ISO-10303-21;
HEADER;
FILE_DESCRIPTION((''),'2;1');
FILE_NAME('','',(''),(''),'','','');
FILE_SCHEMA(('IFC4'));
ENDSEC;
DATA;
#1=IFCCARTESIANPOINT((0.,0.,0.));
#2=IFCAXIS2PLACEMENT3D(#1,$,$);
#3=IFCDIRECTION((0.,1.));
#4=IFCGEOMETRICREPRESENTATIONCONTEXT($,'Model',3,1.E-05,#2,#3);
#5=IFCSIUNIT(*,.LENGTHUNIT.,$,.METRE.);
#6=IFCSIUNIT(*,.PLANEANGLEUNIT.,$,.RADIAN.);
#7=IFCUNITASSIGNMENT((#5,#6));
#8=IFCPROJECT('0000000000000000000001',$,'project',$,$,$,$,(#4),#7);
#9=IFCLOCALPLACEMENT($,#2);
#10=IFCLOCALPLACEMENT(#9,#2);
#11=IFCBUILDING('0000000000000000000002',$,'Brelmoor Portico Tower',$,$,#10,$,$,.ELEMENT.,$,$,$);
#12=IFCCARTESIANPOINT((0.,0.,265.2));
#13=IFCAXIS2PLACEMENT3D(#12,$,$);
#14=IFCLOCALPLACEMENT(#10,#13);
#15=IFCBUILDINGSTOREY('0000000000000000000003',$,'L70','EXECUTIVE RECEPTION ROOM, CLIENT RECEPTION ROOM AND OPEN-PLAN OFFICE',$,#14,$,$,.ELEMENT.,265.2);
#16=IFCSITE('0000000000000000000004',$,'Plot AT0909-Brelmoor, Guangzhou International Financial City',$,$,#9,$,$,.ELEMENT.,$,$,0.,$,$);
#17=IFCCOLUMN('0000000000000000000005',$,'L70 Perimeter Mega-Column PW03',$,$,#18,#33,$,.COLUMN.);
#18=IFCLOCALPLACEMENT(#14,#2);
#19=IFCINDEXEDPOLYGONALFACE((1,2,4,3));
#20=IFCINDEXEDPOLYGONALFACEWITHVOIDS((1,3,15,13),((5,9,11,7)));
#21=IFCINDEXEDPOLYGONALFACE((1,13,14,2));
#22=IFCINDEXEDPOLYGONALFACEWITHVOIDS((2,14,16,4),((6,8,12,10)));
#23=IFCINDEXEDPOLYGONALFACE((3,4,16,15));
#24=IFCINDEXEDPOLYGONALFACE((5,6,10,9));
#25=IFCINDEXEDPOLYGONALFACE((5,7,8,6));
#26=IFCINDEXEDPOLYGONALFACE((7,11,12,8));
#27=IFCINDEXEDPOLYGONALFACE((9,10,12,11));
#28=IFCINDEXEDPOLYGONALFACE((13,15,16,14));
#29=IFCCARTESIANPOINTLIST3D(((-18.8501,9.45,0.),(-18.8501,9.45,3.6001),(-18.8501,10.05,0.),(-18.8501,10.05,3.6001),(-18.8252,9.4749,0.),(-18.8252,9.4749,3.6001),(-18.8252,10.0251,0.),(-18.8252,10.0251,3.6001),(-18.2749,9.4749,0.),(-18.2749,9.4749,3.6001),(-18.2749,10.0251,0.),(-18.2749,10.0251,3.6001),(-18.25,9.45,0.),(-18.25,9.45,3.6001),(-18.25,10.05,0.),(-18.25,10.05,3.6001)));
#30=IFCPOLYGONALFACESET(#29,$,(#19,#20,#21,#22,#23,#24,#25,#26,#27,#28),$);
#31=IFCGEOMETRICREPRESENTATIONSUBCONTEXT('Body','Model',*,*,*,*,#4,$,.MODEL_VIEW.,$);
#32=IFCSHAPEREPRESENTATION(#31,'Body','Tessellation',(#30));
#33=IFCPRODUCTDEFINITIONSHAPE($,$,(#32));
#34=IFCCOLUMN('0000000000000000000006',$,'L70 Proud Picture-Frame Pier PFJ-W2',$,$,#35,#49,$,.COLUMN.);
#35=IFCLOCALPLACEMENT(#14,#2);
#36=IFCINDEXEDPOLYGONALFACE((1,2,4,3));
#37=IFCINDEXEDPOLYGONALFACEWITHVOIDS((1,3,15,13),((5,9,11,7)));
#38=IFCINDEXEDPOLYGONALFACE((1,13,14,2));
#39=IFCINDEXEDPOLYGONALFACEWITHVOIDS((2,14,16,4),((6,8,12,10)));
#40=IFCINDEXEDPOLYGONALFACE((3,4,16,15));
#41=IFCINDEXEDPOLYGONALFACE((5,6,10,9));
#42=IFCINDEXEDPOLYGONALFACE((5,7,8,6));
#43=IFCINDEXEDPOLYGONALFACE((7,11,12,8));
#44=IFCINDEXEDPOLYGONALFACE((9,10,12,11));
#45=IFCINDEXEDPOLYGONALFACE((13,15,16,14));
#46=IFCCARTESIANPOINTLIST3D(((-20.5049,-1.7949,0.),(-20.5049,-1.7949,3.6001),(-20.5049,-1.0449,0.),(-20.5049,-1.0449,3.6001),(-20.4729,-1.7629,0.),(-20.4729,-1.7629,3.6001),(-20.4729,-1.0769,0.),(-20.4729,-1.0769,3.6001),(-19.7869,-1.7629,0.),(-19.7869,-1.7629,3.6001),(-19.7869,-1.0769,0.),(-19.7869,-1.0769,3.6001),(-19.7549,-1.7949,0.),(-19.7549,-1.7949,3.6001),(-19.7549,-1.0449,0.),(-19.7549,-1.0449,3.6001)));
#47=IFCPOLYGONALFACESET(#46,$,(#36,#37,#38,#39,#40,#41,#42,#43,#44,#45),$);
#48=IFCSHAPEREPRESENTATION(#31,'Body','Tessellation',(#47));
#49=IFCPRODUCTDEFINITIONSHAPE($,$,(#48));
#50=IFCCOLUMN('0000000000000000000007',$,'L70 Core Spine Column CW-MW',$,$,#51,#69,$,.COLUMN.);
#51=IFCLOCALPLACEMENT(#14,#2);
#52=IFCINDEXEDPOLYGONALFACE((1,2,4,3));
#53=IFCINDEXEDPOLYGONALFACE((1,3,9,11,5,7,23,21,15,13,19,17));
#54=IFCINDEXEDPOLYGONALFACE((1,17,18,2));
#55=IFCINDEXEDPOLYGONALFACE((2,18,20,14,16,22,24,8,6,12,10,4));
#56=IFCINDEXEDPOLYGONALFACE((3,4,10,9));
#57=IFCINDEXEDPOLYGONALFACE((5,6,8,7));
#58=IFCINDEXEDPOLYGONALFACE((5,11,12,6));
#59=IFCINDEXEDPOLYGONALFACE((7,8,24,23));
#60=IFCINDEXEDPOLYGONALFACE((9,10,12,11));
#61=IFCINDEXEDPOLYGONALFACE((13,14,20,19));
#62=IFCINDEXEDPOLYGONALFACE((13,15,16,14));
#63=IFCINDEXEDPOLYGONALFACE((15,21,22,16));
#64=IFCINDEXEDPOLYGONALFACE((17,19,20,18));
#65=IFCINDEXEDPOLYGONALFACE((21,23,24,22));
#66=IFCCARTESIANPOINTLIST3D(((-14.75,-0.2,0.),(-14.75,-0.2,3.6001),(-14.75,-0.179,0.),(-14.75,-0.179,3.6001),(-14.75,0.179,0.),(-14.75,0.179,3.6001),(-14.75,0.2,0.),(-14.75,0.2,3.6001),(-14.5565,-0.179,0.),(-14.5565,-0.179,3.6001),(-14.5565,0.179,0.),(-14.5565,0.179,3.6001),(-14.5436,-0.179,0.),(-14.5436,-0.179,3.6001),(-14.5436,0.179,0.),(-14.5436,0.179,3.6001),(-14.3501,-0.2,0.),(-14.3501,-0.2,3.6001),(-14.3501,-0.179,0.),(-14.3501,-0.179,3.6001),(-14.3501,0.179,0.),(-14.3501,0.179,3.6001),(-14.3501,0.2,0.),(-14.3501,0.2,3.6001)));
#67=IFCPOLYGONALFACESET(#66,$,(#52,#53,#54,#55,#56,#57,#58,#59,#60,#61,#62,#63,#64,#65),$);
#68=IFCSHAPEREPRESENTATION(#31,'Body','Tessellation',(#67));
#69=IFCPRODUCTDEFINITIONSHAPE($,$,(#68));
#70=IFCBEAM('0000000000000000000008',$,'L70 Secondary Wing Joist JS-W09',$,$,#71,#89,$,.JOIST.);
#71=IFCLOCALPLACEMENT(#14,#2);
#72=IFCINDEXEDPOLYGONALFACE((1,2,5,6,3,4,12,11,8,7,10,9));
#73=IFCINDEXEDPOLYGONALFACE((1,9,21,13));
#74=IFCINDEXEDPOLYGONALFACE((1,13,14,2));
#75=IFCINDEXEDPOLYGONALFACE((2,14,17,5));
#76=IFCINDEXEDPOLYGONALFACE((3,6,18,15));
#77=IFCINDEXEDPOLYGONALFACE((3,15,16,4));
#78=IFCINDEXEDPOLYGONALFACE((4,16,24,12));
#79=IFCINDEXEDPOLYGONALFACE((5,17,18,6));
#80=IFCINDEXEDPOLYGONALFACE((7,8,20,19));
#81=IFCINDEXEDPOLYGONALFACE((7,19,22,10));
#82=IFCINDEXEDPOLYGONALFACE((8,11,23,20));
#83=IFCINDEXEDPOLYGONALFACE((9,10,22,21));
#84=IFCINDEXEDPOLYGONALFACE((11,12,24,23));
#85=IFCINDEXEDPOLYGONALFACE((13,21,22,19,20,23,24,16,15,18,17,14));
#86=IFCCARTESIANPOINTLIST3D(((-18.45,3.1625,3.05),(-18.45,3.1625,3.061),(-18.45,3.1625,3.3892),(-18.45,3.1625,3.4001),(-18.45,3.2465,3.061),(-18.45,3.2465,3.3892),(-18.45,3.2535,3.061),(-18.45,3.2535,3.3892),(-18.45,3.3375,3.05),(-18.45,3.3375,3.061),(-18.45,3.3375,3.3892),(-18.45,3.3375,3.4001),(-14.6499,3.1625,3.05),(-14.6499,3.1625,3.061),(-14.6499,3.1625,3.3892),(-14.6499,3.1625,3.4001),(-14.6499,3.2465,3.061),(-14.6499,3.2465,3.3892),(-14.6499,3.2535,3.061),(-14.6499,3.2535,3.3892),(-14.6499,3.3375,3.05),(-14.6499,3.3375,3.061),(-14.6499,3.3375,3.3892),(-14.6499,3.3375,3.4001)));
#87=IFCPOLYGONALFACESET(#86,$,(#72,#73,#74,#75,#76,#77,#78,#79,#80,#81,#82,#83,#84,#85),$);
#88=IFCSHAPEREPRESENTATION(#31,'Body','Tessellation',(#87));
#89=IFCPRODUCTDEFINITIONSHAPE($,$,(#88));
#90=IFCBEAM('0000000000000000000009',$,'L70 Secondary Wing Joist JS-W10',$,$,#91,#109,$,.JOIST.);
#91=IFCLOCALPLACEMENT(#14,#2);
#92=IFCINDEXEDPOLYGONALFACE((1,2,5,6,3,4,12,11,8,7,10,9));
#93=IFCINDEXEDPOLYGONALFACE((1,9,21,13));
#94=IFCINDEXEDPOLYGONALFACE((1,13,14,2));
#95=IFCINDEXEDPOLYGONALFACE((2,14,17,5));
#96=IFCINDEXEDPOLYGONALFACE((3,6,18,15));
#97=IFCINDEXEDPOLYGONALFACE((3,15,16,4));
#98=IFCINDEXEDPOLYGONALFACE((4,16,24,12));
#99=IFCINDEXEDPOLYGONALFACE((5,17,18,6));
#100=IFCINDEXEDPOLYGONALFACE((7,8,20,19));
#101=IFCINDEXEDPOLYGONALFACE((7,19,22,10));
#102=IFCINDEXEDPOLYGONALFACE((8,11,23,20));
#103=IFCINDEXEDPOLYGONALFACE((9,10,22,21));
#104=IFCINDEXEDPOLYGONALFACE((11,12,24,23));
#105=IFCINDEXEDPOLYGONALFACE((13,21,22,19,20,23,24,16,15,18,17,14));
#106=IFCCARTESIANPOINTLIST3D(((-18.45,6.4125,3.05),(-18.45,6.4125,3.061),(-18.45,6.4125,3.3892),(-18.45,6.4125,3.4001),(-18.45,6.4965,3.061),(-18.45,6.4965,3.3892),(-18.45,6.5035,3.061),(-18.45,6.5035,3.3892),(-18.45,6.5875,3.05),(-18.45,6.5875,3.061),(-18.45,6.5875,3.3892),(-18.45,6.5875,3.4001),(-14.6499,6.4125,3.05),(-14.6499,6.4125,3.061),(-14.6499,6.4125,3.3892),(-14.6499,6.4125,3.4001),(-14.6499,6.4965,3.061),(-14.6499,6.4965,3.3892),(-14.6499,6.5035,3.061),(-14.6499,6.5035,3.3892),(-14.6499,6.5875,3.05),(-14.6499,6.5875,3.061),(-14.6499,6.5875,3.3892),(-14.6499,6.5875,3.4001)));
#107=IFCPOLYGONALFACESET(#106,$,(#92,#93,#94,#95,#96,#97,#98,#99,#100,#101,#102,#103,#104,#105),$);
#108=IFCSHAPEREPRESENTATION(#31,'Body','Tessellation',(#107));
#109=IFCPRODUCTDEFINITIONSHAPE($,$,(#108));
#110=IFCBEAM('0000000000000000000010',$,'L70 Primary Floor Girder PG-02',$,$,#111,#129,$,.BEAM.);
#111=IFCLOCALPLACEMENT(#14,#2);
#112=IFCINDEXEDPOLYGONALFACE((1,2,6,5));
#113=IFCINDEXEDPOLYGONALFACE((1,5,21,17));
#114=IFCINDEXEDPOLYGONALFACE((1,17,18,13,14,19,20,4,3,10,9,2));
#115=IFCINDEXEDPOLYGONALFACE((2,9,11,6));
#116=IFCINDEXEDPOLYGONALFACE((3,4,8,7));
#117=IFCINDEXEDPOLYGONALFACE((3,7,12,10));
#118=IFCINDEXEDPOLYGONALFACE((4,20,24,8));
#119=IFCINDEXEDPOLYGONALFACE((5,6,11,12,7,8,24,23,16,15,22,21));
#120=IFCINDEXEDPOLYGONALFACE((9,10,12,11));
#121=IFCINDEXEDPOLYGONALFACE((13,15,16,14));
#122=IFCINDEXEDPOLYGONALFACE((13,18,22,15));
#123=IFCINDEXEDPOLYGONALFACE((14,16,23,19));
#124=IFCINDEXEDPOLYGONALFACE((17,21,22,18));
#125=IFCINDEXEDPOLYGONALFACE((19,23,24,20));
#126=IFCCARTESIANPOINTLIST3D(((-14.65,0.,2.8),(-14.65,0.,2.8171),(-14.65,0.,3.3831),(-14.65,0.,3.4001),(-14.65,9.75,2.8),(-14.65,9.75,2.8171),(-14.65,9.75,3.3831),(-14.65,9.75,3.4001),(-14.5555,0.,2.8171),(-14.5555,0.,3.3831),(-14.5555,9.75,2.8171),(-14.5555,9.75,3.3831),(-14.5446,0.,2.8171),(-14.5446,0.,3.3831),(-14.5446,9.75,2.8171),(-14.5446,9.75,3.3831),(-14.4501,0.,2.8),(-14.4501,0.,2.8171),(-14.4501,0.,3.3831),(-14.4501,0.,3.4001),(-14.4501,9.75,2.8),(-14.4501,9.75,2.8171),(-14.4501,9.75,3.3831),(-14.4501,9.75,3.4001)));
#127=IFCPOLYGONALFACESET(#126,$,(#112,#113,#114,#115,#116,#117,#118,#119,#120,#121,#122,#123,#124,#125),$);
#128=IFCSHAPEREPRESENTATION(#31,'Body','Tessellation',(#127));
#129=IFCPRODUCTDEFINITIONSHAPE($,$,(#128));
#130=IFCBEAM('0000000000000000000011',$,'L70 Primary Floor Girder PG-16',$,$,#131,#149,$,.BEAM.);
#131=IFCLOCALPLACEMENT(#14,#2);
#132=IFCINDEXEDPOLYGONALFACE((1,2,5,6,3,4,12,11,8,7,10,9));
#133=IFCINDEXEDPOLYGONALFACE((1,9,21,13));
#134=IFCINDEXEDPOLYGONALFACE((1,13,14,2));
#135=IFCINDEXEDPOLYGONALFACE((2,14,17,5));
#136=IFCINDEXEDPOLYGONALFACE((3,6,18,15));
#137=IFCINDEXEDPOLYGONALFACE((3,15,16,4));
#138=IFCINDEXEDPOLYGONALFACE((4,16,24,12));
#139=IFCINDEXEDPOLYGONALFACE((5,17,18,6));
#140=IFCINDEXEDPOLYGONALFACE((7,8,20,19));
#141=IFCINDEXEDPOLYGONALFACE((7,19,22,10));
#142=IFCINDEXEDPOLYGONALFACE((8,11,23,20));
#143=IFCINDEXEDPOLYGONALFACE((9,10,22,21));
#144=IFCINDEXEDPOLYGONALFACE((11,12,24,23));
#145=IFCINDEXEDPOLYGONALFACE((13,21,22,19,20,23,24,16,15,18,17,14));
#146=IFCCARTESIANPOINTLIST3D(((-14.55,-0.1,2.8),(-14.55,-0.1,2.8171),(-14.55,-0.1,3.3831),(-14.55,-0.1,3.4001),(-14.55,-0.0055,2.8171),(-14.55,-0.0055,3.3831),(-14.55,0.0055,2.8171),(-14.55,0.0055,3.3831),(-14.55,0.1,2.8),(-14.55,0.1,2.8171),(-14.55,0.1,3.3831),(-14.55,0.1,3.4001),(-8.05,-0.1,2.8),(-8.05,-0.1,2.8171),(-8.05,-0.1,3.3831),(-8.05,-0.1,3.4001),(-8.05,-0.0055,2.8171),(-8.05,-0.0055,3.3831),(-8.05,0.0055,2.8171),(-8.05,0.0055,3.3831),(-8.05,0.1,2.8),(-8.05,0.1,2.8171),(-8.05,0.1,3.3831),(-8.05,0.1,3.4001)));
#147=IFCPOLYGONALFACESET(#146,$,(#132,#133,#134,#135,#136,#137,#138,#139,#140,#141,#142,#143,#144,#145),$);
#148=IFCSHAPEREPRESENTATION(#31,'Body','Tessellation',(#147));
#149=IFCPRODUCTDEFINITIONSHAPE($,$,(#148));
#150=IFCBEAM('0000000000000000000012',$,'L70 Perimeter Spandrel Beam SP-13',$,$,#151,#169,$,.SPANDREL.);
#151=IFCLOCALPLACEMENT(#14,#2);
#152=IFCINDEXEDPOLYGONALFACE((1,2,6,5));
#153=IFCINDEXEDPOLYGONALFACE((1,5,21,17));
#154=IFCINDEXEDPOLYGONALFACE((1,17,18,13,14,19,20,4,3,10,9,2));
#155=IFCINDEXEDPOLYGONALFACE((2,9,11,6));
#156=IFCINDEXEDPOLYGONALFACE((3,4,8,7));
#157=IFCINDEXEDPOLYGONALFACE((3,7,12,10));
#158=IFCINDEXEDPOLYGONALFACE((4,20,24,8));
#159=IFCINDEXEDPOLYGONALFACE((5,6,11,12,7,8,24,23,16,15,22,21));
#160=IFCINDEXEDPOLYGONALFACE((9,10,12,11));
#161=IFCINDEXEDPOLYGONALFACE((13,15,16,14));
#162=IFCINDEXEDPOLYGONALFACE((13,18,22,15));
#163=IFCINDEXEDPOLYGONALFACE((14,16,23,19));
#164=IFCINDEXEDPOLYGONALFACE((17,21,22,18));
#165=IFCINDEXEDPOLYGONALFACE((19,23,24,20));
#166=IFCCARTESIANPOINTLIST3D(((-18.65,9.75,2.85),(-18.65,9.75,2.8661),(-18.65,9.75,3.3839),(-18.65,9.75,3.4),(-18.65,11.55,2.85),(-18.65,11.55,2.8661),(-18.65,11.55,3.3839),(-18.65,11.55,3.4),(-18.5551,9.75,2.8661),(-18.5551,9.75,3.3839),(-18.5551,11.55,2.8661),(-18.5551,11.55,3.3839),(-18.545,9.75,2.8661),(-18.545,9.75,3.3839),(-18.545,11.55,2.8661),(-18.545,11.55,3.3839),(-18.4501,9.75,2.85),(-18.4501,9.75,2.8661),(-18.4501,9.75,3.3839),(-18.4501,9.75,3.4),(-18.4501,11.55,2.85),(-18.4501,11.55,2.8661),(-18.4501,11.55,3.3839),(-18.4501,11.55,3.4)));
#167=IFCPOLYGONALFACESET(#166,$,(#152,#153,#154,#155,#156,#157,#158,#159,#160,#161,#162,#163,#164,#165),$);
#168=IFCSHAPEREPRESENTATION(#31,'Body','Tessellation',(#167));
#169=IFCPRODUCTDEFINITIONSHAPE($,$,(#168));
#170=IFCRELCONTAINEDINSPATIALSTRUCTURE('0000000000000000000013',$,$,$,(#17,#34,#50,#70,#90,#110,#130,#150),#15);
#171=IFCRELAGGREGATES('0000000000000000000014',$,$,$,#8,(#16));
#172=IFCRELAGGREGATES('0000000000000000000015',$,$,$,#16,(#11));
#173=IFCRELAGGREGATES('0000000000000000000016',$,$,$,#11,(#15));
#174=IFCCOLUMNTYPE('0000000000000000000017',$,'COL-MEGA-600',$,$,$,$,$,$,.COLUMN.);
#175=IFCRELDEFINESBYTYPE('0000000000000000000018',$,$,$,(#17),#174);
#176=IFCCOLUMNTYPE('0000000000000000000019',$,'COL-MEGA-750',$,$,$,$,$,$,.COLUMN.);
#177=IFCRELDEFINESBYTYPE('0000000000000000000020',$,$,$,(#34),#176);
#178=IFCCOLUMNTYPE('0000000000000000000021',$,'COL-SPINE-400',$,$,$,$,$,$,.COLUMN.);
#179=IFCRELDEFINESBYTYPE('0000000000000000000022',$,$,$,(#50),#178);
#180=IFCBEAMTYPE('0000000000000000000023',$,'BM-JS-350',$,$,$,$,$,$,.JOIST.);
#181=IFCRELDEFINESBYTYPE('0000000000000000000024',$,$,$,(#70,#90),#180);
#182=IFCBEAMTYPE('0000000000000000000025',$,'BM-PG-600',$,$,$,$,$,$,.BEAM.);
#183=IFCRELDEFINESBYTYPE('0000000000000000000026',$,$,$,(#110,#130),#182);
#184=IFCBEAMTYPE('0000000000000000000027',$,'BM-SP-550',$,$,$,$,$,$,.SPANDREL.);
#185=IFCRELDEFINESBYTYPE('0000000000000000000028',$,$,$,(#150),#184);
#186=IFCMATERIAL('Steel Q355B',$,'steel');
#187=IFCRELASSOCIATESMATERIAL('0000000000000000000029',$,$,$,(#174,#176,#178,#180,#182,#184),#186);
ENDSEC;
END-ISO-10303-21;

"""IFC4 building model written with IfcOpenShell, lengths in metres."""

from ifc_helpers import new_model, si_unit, direction, frame, origin, origin_2d, place, context, subcontext, project, spatial, hollow_rectangle, i_section, extrude, material, material_profile, profile_set, type_object, element, save


model = new_model("IFC4")

# Units and contexts
model_context = context("Model", 3, precision=1e-05, world=origin(), true_north=direction((0.0, 1.0)))
body_context = subcontext(model_context, "Body", "Model", "MODEL_VIEW")
ifc_project = project(units=[si_unit("LENGTHUNIT", "METRE"), si_unit("PLANEANGLEUNIT", "RADIAN")], contexts=[model_context])

# Site, building, storey
site_placement = place(None, origin())
site = spatial("IfcSite", under=ifc_project, at=site_placement, Name="Plot AT0909-Brelmoor, Guangzhou International Financial City", CompositionType="ELEMENT", RefElevation=0.0)
building_placement = place(site_placement, origin())
building = spatial("IfcBuilding", under=site, at=building_placement, Name="Brelmoor Portico Tower", CompositionType="ELEMENT")
storey_placement = place(building_placement, frame((0.0, 0.0, 265.2)))
storey = spatial("IfcBuildingStorey", under=building, at=storey_placement, Name="L70", Description="EXECUTIVE RECEPTION ROOM, CLIENT RECEPTION ROOM AND OPEN-PLAN OFFICE", CompositionType="ELEMENT", Elevation=265.2)

# Columns
ifc_material_1 = material(Name="Steel Q355B", Category="steel")
ifc_material_profile_1 = material_profile(ifc_material_1, hollow_rectangle(XDim=0.6001, YDim=0.6001, WallThickness=0.0249, at=origin_2d()), Name="BOX 600x600x25")
ifc_profile_set_1 = profile_set([ifc_material_profile_1], Name="Steel Q355B")
column_type_1 = type_object("IfcColumnType", Name="COL-MEGA-600", PredefinedType="COLUMN", material=ifc_profile_set_1)
column_1_placement = place(storey_placement, frame((-18.55, 9.75, 0.0), z_axis=(0.0, 0.0, 1.0), x_axis=(0.0, 1.0, 0.0)))
element("IfcColumn", 1, at=column_1_placement, inside=storey, type_object=column_type_1, Name="L70 Perimeter Mega-Column PW03", PredefinedType="COLUMN", context=body_context, shape_type="SweptSolid", body=[
    extrude(hollow_rectangle(XDim=0.6001, YDim=0.6001, WallThickness=0.0249, at=origin_2d()), origin(), (0.0, 0.0, 1.0), 3.6001),
])
ifc_material_profile_2 = material_profile(ifc_material_1, hollow_rectangle(XDim=0.75, YDim=0.75, WallThickness=0.032, at=origin_2d()), Name="BOX 750x750x32")
ifc_profile_set_2 = profile_set([ifc_material_profile_2], Name="Steel Q355B")
column_type_2 = type_object("IfcColumnType", Name="COL-MEGA-750", PredefinedType="COLUMN", material=ifc_profile_set_2)
column_2_placement = place(storey_placement, frame((-20.1299, -1.4199, 0.0), z_axis=(0.0, 0.0, 1.0), x_axis=(0.0, 1.0, 0.0)))
element("IfcColumn", 2, at=column_2_placement, inside=storey, type_object=column_type_2, Name="L70 Proud Picture-Frame Pier PFJ-W2", PredefinedType="COLUMN", context=body_context, shape_type="SweptSolid", body=[
    extrude(hollow_rectangle(XDim=0.75, YDim=0.75, WallThickness=0.032, at=origin_2d()), origin(), (0.0, 0.0, 1.0), 3.6001),
])
ifc_material_profile_3 = material_profile(ifc_material_1, i_section(OverallWidth=0.3999, OverallDepth=0.3999, WebThickness=0.0129, FlangeThickness=0.021, at=origin_2d()), Name="HW 400x400x13x21")
ifc_profile_set_3 = profile_set([ifc_material_profile_3], Name="Steel Q355B")
column_type_3 = type_object("IfcColumnType", Name="COL-SPINE-400", PredefinedType="COLUMN", material=ifc_profile_set_3)
column_3_placement = place(storey_placement, frame((-14.55, 0.0, 0.0), z_axis=(0.0, 0.0, 1.0), x_axis=(1.0, 0.0, 0.0)))
element("IfcColumn", 3, at=column_3_placement, inside=storey, type_object=column_type_3, Name="L70 Core Spine Column CW-MW", PredefinedType="COLUMN", context=body_context, shape_type="SweptSolid", body=[
    extrude(i_section(OverallWidth=0.3999, OverallDepth=0.3999, WebThickness=0.0129, FlangeThickness=0.021, at=origin_2d()), origin(), (0.0, 0.0, 1.0), 3.6001),
])

# Beams
ifc_material_profile_4 = material_profile(ifc_material_1, i_section(OverallWidth=0.175, OverallDepth=0.3501, WebThickness=0.0071, FlangeThickness=0.011, at=origin_2d()), Name="HN 350x175x7x11")
ifc_profile_set_4 = profile_set([ifc_material_profile_4], Name="Steel Q355B")
beam_type_1 = type_object("IfcBeamType", Name="BM-JS-350", PredefinedType="JOIST", material=ifc_profile_set_4)
for number, where, z_axis, x_axis, name in (
    (4, (-18.45, 3.25, 3.2251), (1.0, 0.0, 0.0), (0.0, 1.0, 0.0), "L70 Secondary Wing Joist JS-W09"),
    (5, (-18.45, 6.5, 3.2251), (1.0, 0.0, 0.0), (0.0, 1.0, 0.0), "L70 Secondary Wing Joist JS-W10"),
):
    element("IfcBeam", number, at=place(storey_placement, frame(where, z_axis=z_axis, x_axis=x_axis)), inside=storey, type_object=beam_type_1, Name=name, PredefinedType="JOIST", context=body_context, shape_type="SweptSolid", body=[
        extrude(i_section(OverallWidth=0.175, OverallDepth=0.3501, WebThickness=0.0071, FlangeThickness=0.011, at=origin_2d()), origin(), (0.0, 0.0, 1.0), 3.8),
    ])
ifc_material_profile_5 = material_profile(ifc_material_1, i_section(OverallWidth=0.2, OverallDepth=0.6001, WebThickness=0.011, FlangeThickness=0.0171, at=origin_2d()), Name="HN 600x200x11x17")
ifc_profile_set_5 = profile_set([ifc_material_profile_5], Name="Steel Q355B")
beam_type_2 = type_object("IfcBeamType", Name="BM-PG-600", PredefinedType="BEAM", material=ifc_profile_set_5)
beam_1_placement = place(storey_placement, frame((-14.55, 0.0, 3.1001), z_axis=(0.0, 1.0, 0.0), x_axis=(-1.0, 0.0, 0.0)))
element("IfcBeam", 6, at=beam_1_placement, inside=storey, type_object=beam_type_2, Name="L70 Primary Floor Girder PG-02", PredefinedType="BEAM", context=body_context, shape_type="SweptSolid", body=[
    extrude(i_section(OverallWidth=0.2, OverallDepth=0.6001, WebThickness=0.011, FlangeThickness=0.0171, at=origin_2d()), origin(), (0.0, 0.0, 1.0), 9.75),
])
beam_2_placement = place(storey_placement, frame((-14.55, 0.0, 3.1001), z_axis=(1.0, 0.0, 0.0), x_axis=(0.0, 1.0, 0.0)))
element("IfcBeam", 7, at=beam_2_placement, inside=storey, type_object=beam_type_2, Name="L70 Primary Floor Girder PG-16", PredefinedType="BEAM", context=body_context, shape_type="SweptSolid", body=[
    extrude(i_section(OverallWidth=0.2, OverallDepth=0.6001, WebThickness=0.011, FlangeThickness=0.0171, at=origin_2d()), origin(), (0.0, 0.0, 1.0), 6.5),
])
ifc_material_profile_6 = material_profile(ifc_material_1, i_section(OverallWidth=0.2, OverallDepth=0.55, WebThickness=0.01, FlangeThickness=0.0161, at=origin_2d()), Name="HN 550x200x10x16")
ifc_profile_set_6 = profile_set([ifc_material_profile_6], Name="Steel Q355B")
beam_type_3 = type_object("IfcBeamType", Name="BM-SP-550", PredefinedType="SPANDREL", material=ifc_profile_set_6)
beam_3_placement = place(storey_placement, frame((-18.55, 9.75, 3.125), z_axis=(0.0, 1.0, 0.0), x_axis=(-1.0, 0.0, 0.0)))
element("IfcBeam", 8, at=beam_3_placement, inside=storey, type_object=beam_type_3, Name="L70 Perimeter Spandrel Beam SP-13", PredefinedType="SPANDREL", context=body_context, shape_type="SweptSolid", body=[
    extrude(i_section(OverallWidth=0.2, OverallDepth=0.55, WebThickness=0.01, FlangeThickness=0.0161, at=origin_2d()), origin(), (0.0, 0.0, 1.0), 1.8),
])

save(model, "model.ifc")
